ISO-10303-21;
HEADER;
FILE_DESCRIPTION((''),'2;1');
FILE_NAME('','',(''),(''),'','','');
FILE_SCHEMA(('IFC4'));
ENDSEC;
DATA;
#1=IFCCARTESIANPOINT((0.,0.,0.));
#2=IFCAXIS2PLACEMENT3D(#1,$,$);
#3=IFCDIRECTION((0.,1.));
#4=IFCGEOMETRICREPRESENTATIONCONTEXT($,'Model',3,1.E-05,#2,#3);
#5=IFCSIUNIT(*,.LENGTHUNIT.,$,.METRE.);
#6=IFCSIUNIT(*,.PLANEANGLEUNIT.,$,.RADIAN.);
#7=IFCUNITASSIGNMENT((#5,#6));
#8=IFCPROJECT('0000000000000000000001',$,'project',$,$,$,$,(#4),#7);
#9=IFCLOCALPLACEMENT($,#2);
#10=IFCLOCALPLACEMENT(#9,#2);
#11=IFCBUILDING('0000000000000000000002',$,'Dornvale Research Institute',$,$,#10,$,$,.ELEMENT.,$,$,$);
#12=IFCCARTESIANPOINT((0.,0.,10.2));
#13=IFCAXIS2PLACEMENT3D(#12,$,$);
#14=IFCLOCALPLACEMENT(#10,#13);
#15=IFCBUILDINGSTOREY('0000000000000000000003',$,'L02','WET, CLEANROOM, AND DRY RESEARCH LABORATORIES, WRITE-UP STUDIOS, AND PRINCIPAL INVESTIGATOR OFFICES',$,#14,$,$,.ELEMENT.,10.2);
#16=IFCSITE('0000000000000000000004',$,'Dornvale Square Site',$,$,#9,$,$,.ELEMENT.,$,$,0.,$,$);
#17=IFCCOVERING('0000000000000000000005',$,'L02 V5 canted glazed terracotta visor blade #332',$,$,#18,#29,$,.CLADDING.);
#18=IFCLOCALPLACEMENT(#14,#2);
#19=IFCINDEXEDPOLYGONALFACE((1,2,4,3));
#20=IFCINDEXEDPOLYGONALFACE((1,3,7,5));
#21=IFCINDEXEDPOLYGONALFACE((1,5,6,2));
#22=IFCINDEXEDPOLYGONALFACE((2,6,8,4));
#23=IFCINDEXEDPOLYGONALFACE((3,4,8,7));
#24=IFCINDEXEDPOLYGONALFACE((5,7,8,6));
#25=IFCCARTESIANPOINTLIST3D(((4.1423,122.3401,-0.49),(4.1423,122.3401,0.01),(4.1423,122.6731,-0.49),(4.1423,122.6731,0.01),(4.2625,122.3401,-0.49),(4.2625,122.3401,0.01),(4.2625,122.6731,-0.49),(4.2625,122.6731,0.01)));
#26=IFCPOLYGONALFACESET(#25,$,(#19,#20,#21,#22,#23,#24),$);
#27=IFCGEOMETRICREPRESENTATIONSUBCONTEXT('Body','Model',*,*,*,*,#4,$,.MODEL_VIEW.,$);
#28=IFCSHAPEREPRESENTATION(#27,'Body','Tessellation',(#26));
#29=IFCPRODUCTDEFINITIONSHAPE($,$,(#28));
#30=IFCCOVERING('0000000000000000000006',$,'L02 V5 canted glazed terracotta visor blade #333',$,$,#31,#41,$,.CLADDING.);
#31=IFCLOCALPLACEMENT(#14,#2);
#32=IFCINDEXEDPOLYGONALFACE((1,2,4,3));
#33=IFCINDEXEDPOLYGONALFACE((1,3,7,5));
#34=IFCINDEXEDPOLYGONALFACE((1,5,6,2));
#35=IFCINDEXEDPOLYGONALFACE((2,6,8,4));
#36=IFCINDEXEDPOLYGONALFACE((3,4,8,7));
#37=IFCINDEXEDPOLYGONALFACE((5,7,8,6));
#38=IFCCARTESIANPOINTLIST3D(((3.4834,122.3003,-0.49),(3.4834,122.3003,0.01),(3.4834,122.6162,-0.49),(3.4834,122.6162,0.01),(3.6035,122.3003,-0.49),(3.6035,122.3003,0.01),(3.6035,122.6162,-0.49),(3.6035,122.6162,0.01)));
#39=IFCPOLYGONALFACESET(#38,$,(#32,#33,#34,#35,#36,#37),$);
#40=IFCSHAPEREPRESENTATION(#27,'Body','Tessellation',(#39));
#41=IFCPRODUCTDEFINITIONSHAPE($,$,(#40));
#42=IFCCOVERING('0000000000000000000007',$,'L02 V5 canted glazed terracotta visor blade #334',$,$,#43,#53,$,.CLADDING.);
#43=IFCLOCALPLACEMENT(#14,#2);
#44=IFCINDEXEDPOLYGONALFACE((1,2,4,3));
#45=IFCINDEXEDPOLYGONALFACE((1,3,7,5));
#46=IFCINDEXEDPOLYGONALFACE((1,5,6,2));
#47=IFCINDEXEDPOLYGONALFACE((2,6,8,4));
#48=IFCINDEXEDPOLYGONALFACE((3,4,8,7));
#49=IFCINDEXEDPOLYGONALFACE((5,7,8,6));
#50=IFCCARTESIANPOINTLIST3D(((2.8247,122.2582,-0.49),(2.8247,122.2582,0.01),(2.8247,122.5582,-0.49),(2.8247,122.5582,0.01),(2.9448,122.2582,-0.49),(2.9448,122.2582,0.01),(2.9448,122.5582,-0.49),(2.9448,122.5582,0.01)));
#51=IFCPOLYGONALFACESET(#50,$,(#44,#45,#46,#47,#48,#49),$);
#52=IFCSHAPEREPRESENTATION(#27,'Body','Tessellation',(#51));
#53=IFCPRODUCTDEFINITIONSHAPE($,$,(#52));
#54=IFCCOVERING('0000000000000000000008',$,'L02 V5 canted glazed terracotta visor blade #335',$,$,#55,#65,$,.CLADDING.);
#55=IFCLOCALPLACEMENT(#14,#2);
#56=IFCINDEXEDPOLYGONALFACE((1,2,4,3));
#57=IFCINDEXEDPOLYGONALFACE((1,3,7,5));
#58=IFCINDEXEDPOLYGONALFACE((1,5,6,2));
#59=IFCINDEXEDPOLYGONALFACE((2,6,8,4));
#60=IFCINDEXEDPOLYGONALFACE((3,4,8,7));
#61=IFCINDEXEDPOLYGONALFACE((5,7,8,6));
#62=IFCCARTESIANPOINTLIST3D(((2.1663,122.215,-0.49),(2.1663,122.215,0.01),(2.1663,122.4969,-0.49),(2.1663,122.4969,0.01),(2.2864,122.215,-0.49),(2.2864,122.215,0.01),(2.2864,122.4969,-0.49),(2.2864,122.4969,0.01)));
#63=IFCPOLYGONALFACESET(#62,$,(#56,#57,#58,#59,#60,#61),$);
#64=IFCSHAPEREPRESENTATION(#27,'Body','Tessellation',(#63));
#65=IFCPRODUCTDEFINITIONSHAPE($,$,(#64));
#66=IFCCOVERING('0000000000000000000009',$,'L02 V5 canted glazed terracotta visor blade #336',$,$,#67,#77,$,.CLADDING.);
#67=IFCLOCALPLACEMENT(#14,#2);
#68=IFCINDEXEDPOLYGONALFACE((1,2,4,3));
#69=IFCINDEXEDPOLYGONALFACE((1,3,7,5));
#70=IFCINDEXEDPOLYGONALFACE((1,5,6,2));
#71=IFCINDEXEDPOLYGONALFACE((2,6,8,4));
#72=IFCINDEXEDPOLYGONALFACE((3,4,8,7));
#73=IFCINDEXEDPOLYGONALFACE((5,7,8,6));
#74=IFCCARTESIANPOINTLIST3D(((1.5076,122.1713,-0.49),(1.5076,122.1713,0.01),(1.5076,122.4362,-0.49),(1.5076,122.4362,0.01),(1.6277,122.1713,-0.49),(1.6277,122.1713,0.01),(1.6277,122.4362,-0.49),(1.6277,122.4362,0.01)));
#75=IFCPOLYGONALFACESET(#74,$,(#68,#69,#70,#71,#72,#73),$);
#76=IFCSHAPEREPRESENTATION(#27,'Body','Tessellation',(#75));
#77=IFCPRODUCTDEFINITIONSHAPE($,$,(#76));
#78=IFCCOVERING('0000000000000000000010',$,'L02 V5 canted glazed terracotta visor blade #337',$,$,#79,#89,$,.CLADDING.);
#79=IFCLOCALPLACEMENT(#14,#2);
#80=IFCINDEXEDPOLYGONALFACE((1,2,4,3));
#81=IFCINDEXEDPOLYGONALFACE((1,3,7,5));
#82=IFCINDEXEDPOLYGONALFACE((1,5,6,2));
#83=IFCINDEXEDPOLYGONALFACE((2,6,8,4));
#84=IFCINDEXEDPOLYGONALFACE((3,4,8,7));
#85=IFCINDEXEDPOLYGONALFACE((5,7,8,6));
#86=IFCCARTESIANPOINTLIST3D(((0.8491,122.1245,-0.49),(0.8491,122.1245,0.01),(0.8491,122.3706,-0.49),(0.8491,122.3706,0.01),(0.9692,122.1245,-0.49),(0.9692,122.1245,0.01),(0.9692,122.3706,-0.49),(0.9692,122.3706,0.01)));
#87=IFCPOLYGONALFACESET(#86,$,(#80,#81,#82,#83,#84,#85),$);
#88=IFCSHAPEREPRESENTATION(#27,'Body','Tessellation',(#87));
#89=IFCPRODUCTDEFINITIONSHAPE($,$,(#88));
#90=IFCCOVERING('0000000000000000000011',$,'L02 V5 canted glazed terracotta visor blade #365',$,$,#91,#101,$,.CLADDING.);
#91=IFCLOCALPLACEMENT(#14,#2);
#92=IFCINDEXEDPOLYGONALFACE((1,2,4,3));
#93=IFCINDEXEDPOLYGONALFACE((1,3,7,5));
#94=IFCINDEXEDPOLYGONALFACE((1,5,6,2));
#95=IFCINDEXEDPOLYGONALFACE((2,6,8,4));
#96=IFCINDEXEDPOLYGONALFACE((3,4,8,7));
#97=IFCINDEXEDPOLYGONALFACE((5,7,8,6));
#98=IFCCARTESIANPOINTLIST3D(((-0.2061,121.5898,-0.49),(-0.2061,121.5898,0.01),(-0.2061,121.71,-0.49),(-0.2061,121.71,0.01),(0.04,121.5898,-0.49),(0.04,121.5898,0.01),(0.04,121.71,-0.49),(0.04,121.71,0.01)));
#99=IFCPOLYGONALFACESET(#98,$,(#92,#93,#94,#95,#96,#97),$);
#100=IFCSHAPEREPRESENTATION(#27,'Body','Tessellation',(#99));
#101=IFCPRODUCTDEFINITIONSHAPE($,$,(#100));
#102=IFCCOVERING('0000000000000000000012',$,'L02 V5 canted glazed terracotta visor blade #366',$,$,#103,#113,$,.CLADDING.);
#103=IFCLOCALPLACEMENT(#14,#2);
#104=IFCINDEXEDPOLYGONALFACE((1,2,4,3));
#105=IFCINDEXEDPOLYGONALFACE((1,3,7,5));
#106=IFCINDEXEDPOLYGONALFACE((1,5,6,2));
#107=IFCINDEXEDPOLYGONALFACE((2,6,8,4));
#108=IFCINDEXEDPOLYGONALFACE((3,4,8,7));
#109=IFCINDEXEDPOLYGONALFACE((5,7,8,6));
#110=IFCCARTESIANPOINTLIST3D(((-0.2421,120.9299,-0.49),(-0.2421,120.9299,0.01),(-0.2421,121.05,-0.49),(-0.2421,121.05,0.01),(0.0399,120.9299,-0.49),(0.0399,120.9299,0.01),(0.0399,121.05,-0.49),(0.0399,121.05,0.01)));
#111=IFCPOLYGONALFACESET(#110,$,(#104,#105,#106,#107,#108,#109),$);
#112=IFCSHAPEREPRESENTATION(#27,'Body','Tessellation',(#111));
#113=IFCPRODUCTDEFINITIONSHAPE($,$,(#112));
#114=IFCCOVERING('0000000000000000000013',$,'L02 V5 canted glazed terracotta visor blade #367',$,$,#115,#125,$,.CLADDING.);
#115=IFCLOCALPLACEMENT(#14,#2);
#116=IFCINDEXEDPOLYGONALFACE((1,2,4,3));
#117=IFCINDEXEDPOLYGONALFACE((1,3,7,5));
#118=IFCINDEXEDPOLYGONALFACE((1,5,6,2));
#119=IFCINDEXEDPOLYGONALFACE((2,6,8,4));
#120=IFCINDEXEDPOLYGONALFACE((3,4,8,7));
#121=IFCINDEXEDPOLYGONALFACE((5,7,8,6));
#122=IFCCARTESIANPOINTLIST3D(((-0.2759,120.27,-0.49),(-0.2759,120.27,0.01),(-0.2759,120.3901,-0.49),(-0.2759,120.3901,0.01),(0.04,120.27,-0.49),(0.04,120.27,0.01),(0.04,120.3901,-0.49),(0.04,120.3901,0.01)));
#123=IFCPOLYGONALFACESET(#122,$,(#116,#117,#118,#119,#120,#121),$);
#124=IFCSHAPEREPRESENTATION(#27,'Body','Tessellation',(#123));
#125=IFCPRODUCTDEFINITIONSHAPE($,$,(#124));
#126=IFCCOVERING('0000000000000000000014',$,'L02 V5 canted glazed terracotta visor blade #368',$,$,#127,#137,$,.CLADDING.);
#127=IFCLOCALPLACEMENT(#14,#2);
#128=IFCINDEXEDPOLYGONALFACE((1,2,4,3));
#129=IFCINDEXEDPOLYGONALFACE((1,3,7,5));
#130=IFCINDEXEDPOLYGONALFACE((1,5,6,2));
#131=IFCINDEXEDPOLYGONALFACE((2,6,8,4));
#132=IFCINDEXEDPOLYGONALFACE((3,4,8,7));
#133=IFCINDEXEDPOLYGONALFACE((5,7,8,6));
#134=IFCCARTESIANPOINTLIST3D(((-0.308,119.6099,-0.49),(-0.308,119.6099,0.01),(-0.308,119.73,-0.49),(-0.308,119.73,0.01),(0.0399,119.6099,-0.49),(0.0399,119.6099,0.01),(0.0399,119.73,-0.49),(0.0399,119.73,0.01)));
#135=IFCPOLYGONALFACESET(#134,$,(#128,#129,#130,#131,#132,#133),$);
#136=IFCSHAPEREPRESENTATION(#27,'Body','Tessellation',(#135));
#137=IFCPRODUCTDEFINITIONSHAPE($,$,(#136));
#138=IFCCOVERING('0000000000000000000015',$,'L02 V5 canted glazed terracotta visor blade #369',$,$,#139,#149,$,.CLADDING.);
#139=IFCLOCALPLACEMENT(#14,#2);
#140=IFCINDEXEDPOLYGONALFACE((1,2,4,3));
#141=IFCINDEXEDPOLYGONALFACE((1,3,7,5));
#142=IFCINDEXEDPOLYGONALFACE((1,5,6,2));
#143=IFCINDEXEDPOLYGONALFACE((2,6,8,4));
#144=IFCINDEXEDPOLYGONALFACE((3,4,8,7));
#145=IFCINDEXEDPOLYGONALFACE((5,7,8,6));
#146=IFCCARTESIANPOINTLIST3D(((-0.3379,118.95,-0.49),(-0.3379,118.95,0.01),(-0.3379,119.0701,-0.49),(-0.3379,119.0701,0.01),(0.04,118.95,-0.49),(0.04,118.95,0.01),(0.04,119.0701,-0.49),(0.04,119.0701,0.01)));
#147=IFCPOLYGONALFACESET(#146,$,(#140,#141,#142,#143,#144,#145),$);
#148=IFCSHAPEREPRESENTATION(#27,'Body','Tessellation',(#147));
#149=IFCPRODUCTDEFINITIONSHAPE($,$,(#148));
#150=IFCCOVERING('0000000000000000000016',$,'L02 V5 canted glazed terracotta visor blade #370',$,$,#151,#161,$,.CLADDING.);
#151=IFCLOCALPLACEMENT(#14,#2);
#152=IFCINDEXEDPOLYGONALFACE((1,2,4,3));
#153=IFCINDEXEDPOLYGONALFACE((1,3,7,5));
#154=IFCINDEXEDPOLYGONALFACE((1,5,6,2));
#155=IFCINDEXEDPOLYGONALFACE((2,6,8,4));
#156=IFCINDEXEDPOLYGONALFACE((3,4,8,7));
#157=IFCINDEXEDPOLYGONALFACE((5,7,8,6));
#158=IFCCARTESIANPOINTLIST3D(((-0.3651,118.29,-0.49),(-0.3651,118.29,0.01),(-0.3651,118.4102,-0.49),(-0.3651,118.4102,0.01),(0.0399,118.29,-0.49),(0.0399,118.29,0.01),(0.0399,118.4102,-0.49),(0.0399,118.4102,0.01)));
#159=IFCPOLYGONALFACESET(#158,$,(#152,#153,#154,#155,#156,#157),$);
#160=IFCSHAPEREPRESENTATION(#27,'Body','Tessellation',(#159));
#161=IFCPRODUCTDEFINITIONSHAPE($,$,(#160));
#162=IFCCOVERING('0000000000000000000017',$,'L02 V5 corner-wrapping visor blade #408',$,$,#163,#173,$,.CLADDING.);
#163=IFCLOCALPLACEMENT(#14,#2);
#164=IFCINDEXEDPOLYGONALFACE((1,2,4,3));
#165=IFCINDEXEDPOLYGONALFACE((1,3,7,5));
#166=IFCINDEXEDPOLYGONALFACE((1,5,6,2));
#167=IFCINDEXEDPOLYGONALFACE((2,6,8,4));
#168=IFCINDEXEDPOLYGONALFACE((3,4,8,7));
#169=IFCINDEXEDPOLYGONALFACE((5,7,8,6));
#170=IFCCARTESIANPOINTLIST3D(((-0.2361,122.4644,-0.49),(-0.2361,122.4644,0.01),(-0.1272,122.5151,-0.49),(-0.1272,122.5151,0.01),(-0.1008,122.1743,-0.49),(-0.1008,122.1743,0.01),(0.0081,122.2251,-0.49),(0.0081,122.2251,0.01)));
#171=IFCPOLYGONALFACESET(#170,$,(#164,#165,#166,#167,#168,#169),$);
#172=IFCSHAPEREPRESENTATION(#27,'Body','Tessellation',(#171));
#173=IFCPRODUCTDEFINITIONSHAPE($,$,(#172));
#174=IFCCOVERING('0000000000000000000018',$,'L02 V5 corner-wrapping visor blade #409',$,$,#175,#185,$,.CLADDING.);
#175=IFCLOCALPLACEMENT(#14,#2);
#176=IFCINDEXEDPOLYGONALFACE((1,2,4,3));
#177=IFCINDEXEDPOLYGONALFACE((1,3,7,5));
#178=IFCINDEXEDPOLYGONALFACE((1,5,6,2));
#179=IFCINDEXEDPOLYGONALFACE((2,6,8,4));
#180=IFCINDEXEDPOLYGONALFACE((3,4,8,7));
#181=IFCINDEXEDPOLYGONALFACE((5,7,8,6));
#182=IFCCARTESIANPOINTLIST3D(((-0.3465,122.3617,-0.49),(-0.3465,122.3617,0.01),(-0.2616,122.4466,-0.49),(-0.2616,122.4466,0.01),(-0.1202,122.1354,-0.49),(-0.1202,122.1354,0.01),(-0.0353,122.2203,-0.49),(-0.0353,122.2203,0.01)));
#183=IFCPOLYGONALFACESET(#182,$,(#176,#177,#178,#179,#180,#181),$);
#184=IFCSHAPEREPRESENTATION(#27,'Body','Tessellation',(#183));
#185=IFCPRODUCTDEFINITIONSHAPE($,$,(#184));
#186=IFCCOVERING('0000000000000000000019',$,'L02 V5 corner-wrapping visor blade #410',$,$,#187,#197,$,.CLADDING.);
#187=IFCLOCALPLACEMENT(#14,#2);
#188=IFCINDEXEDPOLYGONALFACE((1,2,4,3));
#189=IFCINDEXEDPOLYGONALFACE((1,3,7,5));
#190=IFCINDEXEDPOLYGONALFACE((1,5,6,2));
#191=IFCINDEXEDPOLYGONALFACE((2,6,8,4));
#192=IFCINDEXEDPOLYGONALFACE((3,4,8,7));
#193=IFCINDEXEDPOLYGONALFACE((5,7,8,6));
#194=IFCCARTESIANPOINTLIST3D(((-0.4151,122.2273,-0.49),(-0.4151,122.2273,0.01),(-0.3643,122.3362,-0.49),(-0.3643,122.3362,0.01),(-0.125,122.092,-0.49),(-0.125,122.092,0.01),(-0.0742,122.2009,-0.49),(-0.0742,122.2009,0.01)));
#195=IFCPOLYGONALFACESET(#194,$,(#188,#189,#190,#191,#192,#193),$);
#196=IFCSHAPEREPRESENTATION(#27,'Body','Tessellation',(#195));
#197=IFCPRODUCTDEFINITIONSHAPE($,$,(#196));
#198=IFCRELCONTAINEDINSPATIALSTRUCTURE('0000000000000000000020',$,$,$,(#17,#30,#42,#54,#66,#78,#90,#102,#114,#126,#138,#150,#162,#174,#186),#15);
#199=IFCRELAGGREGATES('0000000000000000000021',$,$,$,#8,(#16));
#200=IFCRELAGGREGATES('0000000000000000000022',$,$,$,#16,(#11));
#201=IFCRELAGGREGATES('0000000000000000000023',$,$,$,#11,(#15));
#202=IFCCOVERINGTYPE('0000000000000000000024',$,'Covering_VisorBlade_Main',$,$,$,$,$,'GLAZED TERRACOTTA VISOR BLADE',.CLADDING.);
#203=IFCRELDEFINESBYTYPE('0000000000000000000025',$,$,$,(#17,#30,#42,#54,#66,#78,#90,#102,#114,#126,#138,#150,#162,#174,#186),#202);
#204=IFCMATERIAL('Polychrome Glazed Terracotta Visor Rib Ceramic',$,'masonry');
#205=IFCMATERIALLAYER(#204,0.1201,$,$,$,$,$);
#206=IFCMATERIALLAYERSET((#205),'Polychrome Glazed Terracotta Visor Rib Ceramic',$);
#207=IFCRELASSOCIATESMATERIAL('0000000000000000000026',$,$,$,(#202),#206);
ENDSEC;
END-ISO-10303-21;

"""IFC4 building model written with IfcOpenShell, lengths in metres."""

from ifc_helpers import new_model, si_unit, direction, frame, origin, origin_2d, place, context, subcontext, project, spatial, rectangle, extrude, material, layer, layer_set, type_object, element, save


model = new_model("IFC4")

# Units and contexts
model_context = context("Model", 3, precision=1e-05, world=origin(), true_north=direction((0.0, 1.0)))
body_context = subcontext(model_context, "Body", "Model", "MODEL_VIEW")
ifc_project = project(units=[si_unit("LENGTHUNIT", "METRE"), si_unit("PLANEANGLEUNIT", "RADIAN")], contexts=[model_context])

# Site, building, storey
site_placement = place(None, origin())
site = spatial("IfcSite", under=ifc_project, at=site_placement, Name="Dornvale Square Site", CompositionType="ELEMENT", RefElevation=0.0)
building_placement = place(site_placement, origin())
building = spatial("IfcBuilding", under=site, at=building_placement, Name="Dornvale Research Institute", CompositionType="ELEMENT")
storey_placement = place(building_placement, frame((0.0, 0.0, 10.2)))
storey = spatial("IfcBuildingStorey", under=building, at=storey_placement, Name="L02", Description="WET, CLEANROOM, AND DRY RESEARCH LABORATORIES, WRITE-UP STUDIOS, AND PRINCIPAL INVESTIGATOR OFFICES", CompositionType="ELEMENT", Elevation=10.2)

# Coverings
ifc_material_1 = material(Name="Polychrome Glazed Terracotta Visor Rib Ceramic", Category="masonry")
ifc_layer_1 = layer(ifc_material_1, 0.1201)
ifc_layer_set_1 = layer_set([ifc_layer_1], Name="Polychrome Glazed Terracotta Visor Rib Ceramic")
covering_type = type_object("IfcCoveringType", Name="Covering_VisorBlade_Main", ElementType="GLAZED TERRACOTTA VISOR BLADE", PredefinedType="CLADDING", material=ifc_layer_set_1)
covering_1_placement = place(storey_placement, frame((4.2024, 122.5066, -0.49), z_axis=(0.0, 0.0, 1.0), x_axis=(0.0, 1.0, 0.0)))
element("IfcCovering", 1, at=covering_1_placement, inside=storey, type_object=covering_type, Name="L02 V5 canted glazed terracotta visor blade #332", PredefinedType="CLADDING", context=body_context, shape_type="SweptSolid", body=[
    extrude(rectangle(XDim=0.333, YDim=0.1201, at=origin_2d()), origin(), (0.0, 0.0, 1.0), 0.5),
])
covering_2_placement = place(storey_placement, frame((3.5435, 122.4583, -0.49), z_axis=(0.0, 0.0, 1.0), x_axis=(0.0, 1.0, 0.0)))
element("IfcCovering", 2, at=covering_2_placement, inside=storey, type_object=covering_type, Name="L02 V5 canted glazed terracotta visor blade #333", PredefinedType="CLADDING", context=body_context, shape_type="SweptSolid", body=[
    extrude(rectangle(XDim=0.3159, YDim=0.1201, at=origin_2d()), origin(), (0.0, 0.0, 1.0), 0.5),
])
covering_3_placement = place(storey_placement, frame((2.8848, 122.4082, -0.49), z_axis=(0.0, 0.0, 1.0), x_axis=(0.0, 1.0, 0.0)))
element("IfcCovering", 3, at=covering_3_placement, inside=storey, type_object=covering_type, Name="L02 V5 canted glazed terracotta visor blade #334", PredefinedType="CLADDING", context=body_context, shape_type="SweptSolid", body=[
    extrude(rectangle(XDim=0.3, YDim=0.1201, at=origin_2d()), origin(), (0.0, 0.0, 1.0), 0.5),
])
covering_4_placement = place(storey_placement, frame((2.2263, 122.356, -0.49), z_axis=(0.0, 0.0, 1.0), x_axis=(0.0, 1.0, 0.0)))
element("IfcCovering", 4, at=covering_4_placement, inside=storey, type_object=covering_type, Name="L02 V5 canted glazed terracotta visor blade #335", PredefinedType="CLADDING", context=body_context, shape_type="SweptSolid", body=[
    extrude(rectangle(XDim=0.282, YDim=0.1201, at=origin_2d()), origin(), (0.0, 0.0, 1.0), 0.5),
])
covering_5_placement = place(storey_placement, frame((1.5676, 122.3037, -0.49), z_axis=(0.0, 0.0, 1.0), x_axis=(0.0, 1.0, 0.0)))
element("IfcCovering", 5, at=covering_5_placement, inside=storey, type_object=covering_type, Name="L02 V5 canted glazed terracotta visor blade #336", PredefinedType="CLADDING", context=body_context, shape_type="SweptSolid", body=[
    extrude(rectangle(XDim=0.2649, YDim=0.1201, at=origin_2d()), origin(), (0.0, 0.0, 1.0), 0.5),
])
for number, where, z_axis, x_axis, name in (
    (6, (0.9092, 122.2476, -0.49), (0.0, 0.0, 1.0), (0.0, 1.0, 0.0), "L02 V5 canted glazed terracotta visor blade #337"),
    (7, (-0.083, 121.6499, -0.49), (0.0, 0.0, 1.0), (1.0, 0.0, 0.0), "L02 V5 canted glazed terracotta visor blade #365"),
):
    element("IfcCovering", number, at=place(storey_placement, frame(where, z_axis=z_axis, x_axis=x_axis)), inside=storey, type_object=covering_type, Name=name, PredefinedType="CLADDING", context=body_context, shape_type="SweptSolid", body=[
        extrude(rectangle(XDim=0.2461, YDim=0.1201, at=origin_2d()), origin(), (0.0, 0.0, 1.0), 0.5),
    ])
covering_6_placement = place(storey_placement, frame((-0.1011, 120.99, -0.49), z_axis=(0.0, 0.0, 1.0), x_axis=(1.0, 0.0, 0.0)))
element("IfcCovering", 8, at=covering_6_placement, inside=storey, type_object=covering_type, Name="L02 V5 canted glazed terracotta visor blade #366", PredefinedType="CLADDING", context=body_context, shape_type="SweptSolid", body=[
    extrude(rectangle(XDim=0.282, YDim=0.1201, at=origin_2d()), origin(), (0.0, 0.0, 1.0), 0.5),
])
covering_7_placement = place(storey_placement, frame((-0.1179, 120.3301, -0.49), z_axis=(0.0, 0.0, 1.0), x_axis=(1.0, 0.0, 0.0)))
element("IfcCovering", 9, at=covering_7_placement, inside=storey, type_object=covering_type, Name="L02 V5 canted glazed terracotta visor blade #367", PredefinedType="CLADDING", context=body_context, shape_type="SweptSolid", body=[
    extrude(rectangle(XDim=0.3159, YDim=0.1201, at=origin_2d()), origin(), (0.0, 0.0, 1.0), 0.5),
])
covering_8_placement = place(storey_placement, frame((-0.134, 119.6699, -0.49), z_axis=(0.0, 0.0, 1.0), x_axis=(1.0, 0.0, 0.0)))
element("IfcCovering", 10, at=covering_8_placement, inside=storey, type_object=covering_type, Name="L02 V5 canted glazed terracotta visor blade #368", PredefinedType="CLADDING", context=body_context, shape_type="SweptSolid", body=[
    extrude(rectangle(XDim=0.3479, YDim=0.1201, at=origin_2d()), origin(), (0.0, 0.0, 1.0), 0.5),
])
covering_9_placement = place(storey_placement, frame((-0.1489, 119.01, -0.49), z_axis=(0.0, 0.0, 1.0), x_axis=(1.0, 0.0, 0.0)))
element("IfcCovering", 11, at=covering_9_placement, inside=storey, type_object=covering_type, Name="L02 V5 canted glazed terracotta visor blade #369", PredefinedType="CLADDING", context=body_context, shape_type="SweptSolid", body=[
    extrude(rectangle(XDim=0.3779, YDim=0.1201, at=origin_2d()), origin(), (0.0, 0.0, 1.0), 0.5),
])
covering_10_placement = place(storey_placement, frame((-0.1626, 118.3501, -0.49), z_axis=(0.0, 0.0, 1.0), x_axis=(1.0, 0.0, 0.0)))
element("IfcCovering", 12, at=covering_10_placement, inside=storey, type_object=covering_type, Name="L02 V5 canted glazed terracotta visor blade #370", PredefinedType="CLADDING", context=body_context, shape_type="SweptSolid", body=[
    extrude(rectangle(XDim=0.405, YDim=0.1201, at=origin_2d()), origin(), (0.0, 0.0, 1.0), 0.5),
])
for number, where, z_axis, x_axis, name in (
    (13, (-0.114, 122.3447, -0.49), (0.0, 0.0, 1.0), (-0.422618, 0.906308, 0.0), "L02 V5 corner-wrapping visor blade #408"),
    (14, (-0.1909, 122.291, -0.49), (0.0, 0.0, 1.0), (-0.707107, 0.707107, 0.0), "L02 V5 corner-wrapping visor blade #409"),
    (15, (-0.2446, 122.2141, -0.49), (0.0, 0.0, 1.0), (-0.906308, 0.422618, 0.0), "L02 V5 corner-wrapping visor blade #410"),
):
    element("IfcCovering", number, at=place(storey_placement, frame(where, z_axis=z_axis, x_axis=x_axis)), inside=storey, type_object=covering_type, Name=name, PredefinedType="CLADDING", context=body_context, shape_type="SweptSolid", body=[
        extrude(rectangle(XDim=0.3201, YDim=0.1201, at=origin_2d()), origin(), (0.0, 0.0, 1.0), 0.5),
    ])

save(model, "model.ifc")
